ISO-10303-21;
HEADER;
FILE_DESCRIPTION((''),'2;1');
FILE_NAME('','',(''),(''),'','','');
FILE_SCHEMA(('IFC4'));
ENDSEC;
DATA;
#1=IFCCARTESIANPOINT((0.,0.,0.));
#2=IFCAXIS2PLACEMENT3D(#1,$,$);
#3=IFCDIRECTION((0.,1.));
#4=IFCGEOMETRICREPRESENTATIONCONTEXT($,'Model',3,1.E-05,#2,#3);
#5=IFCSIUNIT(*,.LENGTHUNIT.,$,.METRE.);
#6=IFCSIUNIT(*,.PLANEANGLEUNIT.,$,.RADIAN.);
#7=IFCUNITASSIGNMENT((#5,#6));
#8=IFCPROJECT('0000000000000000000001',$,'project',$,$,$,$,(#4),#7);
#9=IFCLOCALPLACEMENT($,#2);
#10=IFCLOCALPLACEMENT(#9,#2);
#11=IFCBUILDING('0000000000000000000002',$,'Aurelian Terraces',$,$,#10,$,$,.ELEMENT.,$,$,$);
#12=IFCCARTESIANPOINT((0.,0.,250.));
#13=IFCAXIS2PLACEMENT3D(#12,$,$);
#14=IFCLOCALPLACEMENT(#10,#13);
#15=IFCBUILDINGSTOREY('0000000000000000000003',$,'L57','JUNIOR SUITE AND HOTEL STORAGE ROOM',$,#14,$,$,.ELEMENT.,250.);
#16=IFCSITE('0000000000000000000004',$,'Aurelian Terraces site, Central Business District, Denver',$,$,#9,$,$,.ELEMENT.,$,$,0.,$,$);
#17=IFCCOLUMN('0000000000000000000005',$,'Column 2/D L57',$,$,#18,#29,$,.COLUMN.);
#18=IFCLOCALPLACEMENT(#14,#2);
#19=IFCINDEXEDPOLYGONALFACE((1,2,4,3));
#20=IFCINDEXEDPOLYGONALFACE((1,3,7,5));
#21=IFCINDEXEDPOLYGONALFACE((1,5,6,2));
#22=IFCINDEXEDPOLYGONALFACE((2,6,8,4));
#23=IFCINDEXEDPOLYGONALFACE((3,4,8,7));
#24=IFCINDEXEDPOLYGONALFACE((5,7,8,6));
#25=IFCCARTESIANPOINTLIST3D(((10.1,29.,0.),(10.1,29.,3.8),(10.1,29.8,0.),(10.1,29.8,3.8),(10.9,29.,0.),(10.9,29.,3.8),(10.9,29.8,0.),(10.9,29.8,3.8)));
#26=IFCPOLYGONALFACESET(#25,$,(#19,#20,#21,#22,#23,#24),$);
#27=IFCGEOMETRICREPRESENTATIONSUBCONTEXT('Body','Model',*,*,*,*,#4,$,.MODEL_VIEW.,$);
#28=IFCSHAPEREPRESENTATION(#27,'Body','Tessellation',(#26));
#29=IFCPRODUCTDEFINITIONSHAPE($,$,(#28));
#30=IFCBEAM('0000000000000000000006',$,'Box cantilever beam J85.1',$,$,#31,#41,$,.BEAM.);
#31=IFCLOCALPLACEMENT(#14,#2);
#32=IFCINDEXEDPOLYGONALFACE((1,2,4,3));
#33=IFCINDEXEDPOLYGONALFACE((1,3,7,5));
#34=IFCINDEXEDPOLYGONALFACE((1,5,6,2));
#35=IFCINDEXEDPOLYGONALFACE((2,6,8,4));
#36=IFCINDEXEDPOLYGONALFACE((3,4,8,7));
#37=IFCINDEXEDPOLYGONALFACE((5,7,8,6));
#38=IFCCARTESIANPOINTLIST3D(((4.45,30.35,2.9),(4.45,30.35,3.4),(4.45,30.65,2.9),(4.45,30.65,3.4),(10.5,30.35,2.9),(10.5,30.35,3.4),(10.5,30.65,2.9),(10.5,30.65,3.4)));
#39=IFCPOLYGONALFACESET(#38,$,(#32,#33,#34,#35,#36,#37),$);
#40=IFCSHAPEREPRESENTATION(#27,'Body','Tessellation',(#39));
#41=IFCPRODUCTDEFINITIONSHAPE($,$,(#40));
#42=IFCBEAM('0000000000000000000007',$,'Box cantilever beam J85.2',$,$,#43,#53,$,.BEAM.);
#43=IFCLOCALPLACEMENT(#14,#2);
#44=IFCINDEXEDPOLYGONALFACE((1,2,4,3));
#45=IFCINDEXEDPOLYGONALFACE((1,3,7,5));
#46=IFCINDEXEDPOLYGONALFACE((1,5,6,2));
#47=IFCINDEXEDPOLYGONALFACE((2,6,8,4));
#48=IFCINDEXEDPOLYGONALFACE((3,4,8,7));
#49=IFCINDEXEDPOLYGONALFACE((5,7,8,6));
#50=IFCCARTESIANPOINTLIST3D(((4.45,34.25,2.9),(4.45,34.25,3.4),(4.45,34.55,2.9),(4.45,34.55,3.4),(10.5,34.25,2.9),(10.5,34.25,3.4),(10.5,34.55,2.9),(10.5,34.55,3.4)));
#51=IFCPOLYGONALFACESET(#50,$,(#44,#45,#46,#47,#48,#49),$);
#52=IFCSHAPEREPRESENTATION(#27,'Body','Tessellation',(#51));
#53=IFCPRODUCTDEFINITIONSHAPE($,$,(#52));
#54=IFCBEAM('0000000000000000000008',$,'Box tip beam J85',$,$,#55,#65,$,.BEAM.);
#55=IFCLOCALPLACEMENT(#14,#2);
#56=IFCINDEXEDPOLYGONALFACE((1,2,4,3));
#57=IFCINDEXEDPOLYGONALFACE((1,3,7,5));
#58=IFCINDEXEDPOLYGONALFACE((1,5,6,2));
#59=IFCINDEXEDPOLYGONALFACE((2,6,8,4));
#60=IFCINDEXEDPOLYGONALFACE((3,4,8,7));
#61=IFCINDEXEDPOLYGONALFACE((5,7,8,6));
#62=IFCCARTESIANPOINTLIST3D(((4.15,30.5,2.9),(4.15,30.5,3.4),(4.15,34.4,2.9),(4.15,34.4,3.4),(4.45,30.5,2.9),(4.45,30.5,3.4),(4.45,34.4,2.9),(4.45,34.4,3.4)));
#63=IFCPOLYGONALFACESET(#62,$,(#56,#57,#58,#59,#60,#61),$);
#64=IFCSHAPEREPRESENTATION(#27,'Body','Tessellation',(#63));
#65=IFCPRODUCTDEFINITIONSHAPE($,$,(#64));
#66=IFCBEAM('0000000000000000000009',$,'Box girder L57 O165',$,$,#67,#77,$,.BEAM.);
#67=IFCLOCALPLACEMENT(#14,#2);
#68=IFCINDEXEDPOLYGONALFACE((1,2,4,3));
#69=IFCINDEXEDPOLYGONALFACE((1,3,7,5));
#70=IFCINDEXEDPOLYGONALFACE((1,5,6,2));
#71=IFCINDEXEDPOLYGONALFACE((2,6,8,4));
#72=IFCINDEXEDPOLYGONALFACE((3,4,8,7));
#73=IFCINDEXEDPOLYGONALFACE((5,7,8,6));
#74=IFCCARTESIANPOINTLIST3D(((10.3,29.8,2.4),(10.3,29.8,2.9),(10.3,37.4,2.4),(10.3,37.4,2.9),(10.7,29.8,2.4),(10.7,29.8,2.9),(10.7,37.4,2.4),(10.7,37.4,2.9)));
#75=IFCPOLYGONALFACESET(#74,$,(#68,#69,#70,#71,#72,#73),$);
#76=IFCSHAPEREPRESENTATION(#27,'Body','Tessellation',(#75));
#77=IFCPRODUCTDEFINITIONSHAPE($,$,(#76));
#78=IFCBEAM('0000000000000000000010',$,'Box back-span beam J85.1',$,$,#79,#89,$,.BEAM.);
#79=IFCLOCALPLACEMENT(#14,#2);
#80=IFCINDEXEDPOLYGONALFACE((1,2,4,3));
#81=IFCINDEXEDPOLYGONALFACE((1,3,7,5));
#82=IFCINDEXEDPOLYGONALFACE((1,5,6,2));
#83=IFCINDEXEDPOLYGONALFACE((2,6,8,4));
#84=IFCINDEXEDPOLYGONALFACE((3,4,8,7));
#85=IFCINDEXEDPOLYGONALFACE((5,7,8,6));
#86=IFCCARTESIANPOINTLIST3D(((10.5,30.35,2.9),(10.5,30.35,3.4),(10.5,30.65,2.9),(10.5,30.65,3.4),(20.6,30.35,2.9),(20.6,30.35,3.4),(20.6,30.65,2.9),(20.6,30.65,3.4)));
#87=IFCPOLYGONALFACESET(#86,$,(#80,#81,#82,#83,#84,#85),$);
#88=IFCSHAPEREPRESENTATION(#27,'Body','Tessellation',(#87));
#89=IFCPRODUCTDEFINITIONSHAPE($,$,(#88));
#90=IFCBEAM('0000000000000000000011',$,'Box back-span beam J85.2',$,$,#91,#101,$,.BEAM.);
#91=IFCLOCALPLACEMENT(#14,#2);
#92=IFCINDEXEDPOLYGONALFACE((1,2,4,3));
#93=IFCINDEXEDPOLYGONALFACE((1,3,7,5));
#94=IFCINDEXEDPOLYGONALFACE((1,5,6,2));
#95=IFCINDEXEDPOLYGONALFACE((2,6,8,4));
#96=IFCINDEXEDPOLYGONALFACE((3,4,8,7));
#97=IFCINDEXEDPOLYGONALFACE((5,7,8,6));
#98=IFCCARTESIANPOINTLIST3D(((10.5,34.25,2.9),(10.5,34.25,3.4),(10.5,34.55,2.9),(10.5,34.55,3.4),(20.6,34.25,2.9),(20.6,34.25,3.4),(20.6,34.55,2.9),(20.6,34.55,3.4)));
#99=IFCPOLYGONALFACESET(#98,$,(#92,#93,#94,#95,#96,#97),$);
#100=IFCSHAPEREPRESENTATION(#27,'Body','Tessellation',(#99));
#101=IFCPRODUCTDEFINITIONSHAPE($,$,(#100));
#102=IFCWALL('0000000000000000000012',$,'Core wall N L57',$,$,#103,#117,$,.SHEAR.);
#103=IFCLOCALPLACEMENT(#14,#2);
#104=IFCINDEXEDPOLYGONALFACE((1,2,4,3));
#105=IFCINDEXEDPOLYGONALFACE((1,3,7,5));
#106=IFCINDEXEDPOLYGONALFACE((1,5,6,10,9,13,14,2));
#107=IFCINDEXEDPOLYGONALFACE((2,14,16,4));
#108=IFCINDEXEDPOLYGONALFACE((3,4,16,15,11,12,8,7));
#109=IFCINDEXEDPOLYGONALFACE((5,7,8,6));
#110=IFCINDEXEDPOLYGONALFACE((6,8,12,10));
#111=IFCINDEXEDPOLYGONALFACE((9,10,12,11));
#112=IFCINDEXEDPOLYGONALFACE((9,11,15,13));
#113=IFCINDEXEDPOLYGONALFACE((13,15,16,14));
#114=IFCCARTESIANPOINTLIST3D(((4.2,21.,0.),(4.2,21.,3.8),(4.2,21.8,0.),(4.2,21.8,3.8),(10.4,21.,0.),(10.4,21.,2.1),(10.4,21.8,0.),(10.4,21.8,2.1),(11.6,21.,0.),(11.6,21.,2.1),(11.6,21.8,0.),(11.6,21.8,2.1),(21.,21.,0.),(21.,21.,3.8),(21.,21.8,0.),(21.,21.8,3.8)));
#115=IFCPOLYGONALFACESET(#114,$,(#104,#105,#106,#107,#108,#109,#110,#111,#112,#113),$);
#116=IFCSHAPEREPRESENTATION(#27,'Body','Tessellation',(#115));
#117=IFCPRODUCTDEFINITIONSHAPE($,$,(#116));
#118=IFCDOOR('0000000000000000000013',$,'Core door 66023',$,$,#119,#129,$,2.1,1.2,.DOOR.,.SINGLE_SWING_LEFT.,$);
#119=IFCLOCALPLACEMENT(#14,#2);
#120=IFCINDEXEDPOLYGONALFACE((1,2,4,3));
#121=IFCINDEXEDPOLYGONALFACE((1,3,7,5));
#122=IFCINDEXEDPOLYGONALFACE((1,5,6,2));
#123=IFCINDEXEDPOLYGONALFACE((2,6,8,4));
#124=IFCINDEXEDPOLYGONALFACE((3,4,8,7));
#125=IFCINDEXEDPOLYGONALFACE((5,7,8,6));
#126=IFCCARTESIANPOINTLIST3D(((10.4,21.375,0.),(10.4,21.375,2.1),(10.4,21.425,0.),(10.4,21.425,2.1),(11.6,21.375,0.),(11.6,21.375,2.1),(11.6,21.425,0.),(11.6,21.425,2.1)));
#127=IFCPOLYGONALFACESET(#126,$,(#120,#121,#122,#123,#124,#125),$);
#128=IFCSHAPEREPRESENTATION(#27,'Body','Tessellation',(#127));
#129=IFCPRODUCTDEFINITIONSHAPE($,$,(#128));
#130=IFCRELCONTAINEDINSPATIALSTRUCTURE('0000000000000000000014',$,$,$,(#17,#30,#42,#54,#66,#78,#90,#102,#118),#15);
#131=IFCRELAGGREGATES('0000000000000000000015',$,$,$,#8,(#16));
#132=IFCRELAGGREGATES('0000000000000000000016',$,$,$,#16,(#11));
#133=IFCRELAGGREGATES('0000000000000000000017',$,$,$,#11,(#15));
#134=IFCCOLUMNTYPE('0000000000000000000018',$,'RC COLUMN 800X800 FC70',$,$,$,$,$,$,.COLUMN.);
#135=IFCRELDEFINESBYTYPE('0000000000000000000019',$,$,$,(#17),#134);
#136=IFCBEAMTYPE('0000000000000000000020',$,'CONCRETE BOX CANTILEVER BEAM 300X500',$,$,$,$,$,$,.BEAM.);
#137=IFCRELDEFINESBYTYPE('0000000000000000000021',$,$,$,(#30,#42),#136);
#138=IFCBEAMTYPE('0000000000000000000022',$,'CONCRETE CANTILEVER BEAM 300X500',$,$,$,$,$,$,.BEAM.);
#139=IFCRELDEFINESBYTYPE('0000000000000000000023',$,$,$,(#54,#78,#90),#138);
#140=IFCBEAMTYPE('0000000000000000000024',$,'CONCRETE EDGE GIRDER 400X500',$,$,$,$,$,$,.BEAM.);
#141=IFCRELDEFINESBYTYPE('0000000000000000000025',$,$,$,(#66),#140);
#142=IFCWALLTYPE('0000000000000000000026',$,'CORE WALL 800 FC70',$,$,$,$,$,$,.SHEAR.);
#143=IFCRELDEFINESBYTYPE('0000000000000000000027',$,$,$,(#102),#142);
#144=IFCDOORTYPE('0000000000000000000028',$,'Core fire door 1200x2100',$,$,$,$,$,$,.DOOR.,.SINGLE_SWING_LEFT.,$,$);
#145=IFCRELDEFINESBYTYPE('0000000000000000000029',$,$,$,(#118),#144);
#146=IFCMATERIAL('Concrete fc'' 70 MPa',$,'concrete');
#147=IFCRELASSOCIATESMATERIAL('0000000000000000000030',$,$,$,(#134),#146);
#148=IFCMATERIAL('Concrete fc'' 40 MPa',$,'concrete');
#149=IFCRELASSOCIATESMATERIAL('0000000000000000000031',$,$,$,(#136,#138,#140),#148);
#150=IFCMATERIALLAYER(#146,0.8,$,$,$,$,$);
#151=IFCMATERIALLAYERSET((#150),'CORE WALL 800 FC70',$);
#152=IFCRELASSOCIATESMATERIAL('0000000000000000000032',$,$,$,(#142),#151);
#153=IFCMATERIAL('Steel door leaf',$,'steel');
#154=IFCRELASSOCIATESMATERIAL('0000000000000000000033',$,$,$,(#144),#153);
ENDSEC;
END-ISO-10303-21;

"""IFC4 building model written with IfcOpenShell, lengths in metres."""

from ifc_helpers import new_model, si_unit, direction, frame, frame_2d, origin, origin_2d, place, context, subcontext, project, spatial, rectangle, extrude, source, transform, mapped, material, layer, layer_set, material_profile, profile_set, type_object, element, fill, save


model = new_model("IFC4")

# Units and contexts
model_context = context("Model", 3, precision=1e-05, world=origin(), true_north=direction((0.0, 1.0)))
body_context = subcontext(model_context, "Body", "Model", "MODEL_VIEW")
ifc_project = project(units=[si_unit("LENGTHUNIT", "METRE"), si_unit("PLANEANGLEUNIT", "RADIAN")], contexts=[model_context])

# Site, building, storey
site_placement = place(None, origin())
site = spatial("IfcSite", under=ifc_project, at=site_placement, Name="Aurelian Terraces site, Central Business District, Denver", CompositionType="ELEMENT", RefElevation=0.0)
building_placement = place(site_placement, origin())
building = spatial("IfcBuilding", under=site, at=building_placement, Name="Aurelian Terraces", CompositionType="ELEMENT")
storey_placement = place(building_placement, frame((0.0, 0.0, 250.0)))
storey = spatial("IfcBuildingStorey", under=building, at=storey_placement, Name="L57", Description="JUNIOR SUITE AND HOTEL STORAGE ROOM", CompositionType="ELEMENT", Elevation=250.0)

# Column
ifc_material_1 = material(Name="Concrete fc' 70 MPa", Category="concrete")
ifc_material_profile_1 = material_profile(ifc_material_1, rectangle(XDim=0.8, YDim=0.8, at=origin_2d()))
ifc_profile_set_1 = profile_set([ifc_material_profile_1], Name="Concrete fc' 70 MPa")
column_type = type_object("IfcColumnType", Name="RC COLUMN 800X800 FC70", PredefinedType="COLUMN", material=ifc_profile_set_1)
shared_shape_1 = source(origin(), body_context, "Body", "SweptSolid", [
    extrude(rectangle(XDim=0.8, YDim=0.8, at=origin_2d()), origin(), (0.0, 0.0, 1.0), 3.8),
])
column_placement = place(storey_placement, frame((10.5, 29.4, 0.0), z_axis=(0.0, 0.0, 1.0), x_axis=(1.0, 0.0, 0.0)))
element("IfcColumn", 1, at=column_placement, inside=storey, type_object=column_type, Name="Column 2/D L57", PredefinedType="COLUMN", context=body_context, shape_type="MappedRepresentation", body=[
    mapped(shared_shape_1, transform((0.0, 0.0, 0.0), scale=1.0)),
])

# Beams
ifc_material_2 = material(Name="Concrete fc' 40 MPa", Category="concrete")
ifc_material_profile_2 = material_profile(ifc_material_2, rectangle(XDim=0.3, YDim=0.5, at=origin_2d()))
ifc_profile_set_2 = profile_set([ifc_material_profile_2], Name="Concrete fc' 40 MPa")
beam_type_1 = type_object("IfcBeamType", Name="CONCRETE BOX CANTILEVER BEAM 300X500", PredefinedType="BEAM", material=ifc_profile_set_2)
shared_shape_2 = source(origin(), body_context, "Body", "SweptSolid", [
    extrude(rectangle(XDim=0.3, YDim=0.5, at=origin_2d()), origin(), (0.0, 0.0, 1.0), 6.05),
])
for number, where, z_axis, x_axis, name in (
    (2, (4.45, 30.5, 3.15), (1.0, 0.0, 0.0), (0.0, 1.0, 0.0), "Box cantilever beam J85.1"),
    (3, (4.45, 34.4, 3.15), (1.0, 0.0, 0.0), (0.0, 1.0, 0.0), "Box cantilever beam J85.2"),
):
    element("IfcBeam", number, at=place(storey_placement, frame(where, z_axis=z_axis, x_axis=x_axis)), inside=storey, type_object=beam_type_1, Name=name, PredefinedType="BEAM", context=body_context, shape_type="MappedRepresentation", body=[
        mapped(shared_shape_2, transform((0.0, 0.0, 0.0), scale=1.0)),
    ])
ifc_material_profile_3 = material_profile(ifc_material_2, rectangle(XDim=0.3, YDim=0.5, at=origin_2d()))
ifc_profile_set_3 = profile_set([ifc_material_profile_3], Name="Concrete fc' 40 MPa")
beam_type_2 = type_object("IfcBeamType", Name="CONCRETE CANTILEVER BEAM 300X500", PredefinedType="BEAM", material=ifc_profile_set_3)
shared_shape_3 = source(origin(), body_context, "Body", "SweptSolid", [
    extrude(rectangle(XDim=0.3, YDim=0.5, at=origin_2d()), origin(), (0.0, 0.0, 1.0), 3.9),
])
beam_1_placement = place(storey_placement, frame((4.3, 30.5, 3.15), z_axis=(0.0, 1.0, 0.0), x_axis=(-1.0, 0.0, 0.0)))
element("IfcBeam", 4, at=beam_1_placement, inside=storey, type_object=beam_type_2, Name="Box tip beam J85", PredefinedType="BEAM", context=body_context, shape_type="MappedRepresentation", body=[
    mapped(shared_shape_3, transform((0.0, 0.0, 0.0), scale=1.0)),
])
ifc_material_profile_4 = material_profile(ifc_material_2, rectangle(XDim=0.4, YDim=0.5, at=origin_2d()))
ifc_profile_set_4 = profile_set([ifc_material_profile_4], Name="Concrete fc' 40 MPa")
beam_type_3 = type_object("IfcBeamType", Name="CONCRETE EDGE GIRDER 400X500", PredefinedType="BEAM", material=ifc_profile_set_4)
shared_shape_4 = source(origin(), body_context, "Body", "SweptSolid", [
    extrude(rectangle(XDim=0.4, YDim=0.5, at=origin_2d()), origin(), (0.0, 0.0, 1.0), 7.6),
])
beam_2_placement = place(storey_placement, frame((10.5, 29.8, 2.65), z_axis=(0.0, 1.0, 0.0), x_axis=(-1.0, 0.0, 0.0)))
element("IfcBeam", 5, at=beam_2_placement, inside=storey, type_object=beam_type_3, Name="Box girder L57 O165", PredefinedType="BEAM", context=body_context, shape_type="MappedRepresentation", body=[
    mapped(shared_shape_4, transform((0.0, 0.0, 0.0), scale=1.0)),
])
shared_shape_5 = source(origin(), body_context, "Body", "SweptSolid", [
    extrude(rectangle(XDim=0.3, YDim=0.5, at=origin_2d()), origin(), (0.0, 0.0, 1.0), 10.1),
])
for number, where, z_axis, x_axis, name in (
    (6, (10.5, 30.5, 3.15), (1.0, 0.0, 0.0), (0.0, 1.0, 0.0), "Box back-span beam J85.1"),
    (7, (10.5, 34.4, 3.15), (1.0, 0.0, 0.0), (0.0, 1.0, 0.0), "Box back-span beam J85.2"),
):
    element("IfcBeam", number, at=place(storey_placement, frame(where, z_axis=z_axis, x_axis=x_axis)), inside=storey, type_object=beam_type_2, Name=name, PredefinedType="BEAM", context=body_context, shape_type="MappedRepresentation", body=[
        mapped(shared_shape_5, transform((0.0, 0.0, 0.0), scale=1.0)),
    ])

# Wall, opening, door
ifc_layer_1 = layer(ifc_material_1, 0.8)
ifc_layer_set_1 = layer_set([ifc_layer_1], Name="CORE WALL 800 FC70")
wall_type_1 = type_object("IfcWallType", Name="CORE WALL 800 FC70", PredefinedType="SHEAR", material=ifc_layer_set_1)
shared_shape_6 = source(origin(), body_context, "Body", "SweptSolid", [
    extrude(rectangle(XDim=16.8, YDim=0.8, at=frame_2d((8.4, 0.0))), origin(), (0.0, 0.0, 1.0), 3.8),
])
wall_1_placement = place(storey_placement, frame((4.2, 21.4, 0.0), z_axis=(0.0, 0.0, 1.0), x_axis=(1.0, 0.0, 0.0)))
wall_1 = element("IfcWall", 8, at=wall_1_placement, inside=storey, type_object=wall_type_1, Name="Core wall N L57", PredefinedType="SHEAR", context=body_context, shape_type="MappedRepresentation", body=[
    mapped(shared_shape_6, transform((0.0, 0.0, 0.0), scale=1.0)),
])
shared_shape_7 = source(origin(), body_context, "Body", "SweptSolid", [
    extrude(rectangle(XDim=1.2, YDim=2.1, at=frame_2d((0.6, 1.05))), frame((0.0, 0.41, 0.0), z_axis=(0.0, -1.0, 0.0), x_axis=(1.0, 0.0, 0.0)), (0.0, 0.0, 1.0), 0.82),
])
opening_1_placement = place(wall_1_placement, frame((6.2, 0.0, 0.0)))
opening_1 = element("IfcOpeningElement", 9, at=opening_1_placement, cuts=wall_1, PredefinedType="OPENING", context=body_context, shape_type="MappedRepresentation", body=[
    mapped(shared_shape_7, transform((0.0, 0.0, 0.0), scale=1.0)),
])
ifc_material_3 = material(Name="Steel door leaf", Category="steel")
door_type_1 = type_object("IfcDoorType", Name="Core fire door 1200x2100", OperationType="SINGLE_SWING_LEFT", PredefinedType="DOOR", material=ifc_material_3)
shared_shape_8 = source(origin(), body_context, "Body", "SweptSolid", [
    extrude(rectangle(XDim=1.2, YDim=2.1, at=frame_2d((0.6, 1.05))), frame((0.0, 0.025, 0.0), z_axis=(0.0, -1.0, 0.0), x_axis=(1.0, 0.0, 0.0)), (0.0, 0.0, 1.0), 0.05),
])
door_1_placement = place(opening_1_placement, origin())
door_1 = element("IfcDoor", 10, at=door_1_placement, inside=storey, type_object=door_type_1, Name="Core door 66023", OperationType="SINGLE_SWING_LEFT", OverallHeight=2.1, OverallWidth=1.2, PredefinedType="DOOR", context=body_context, shape_type="MappedRepresentation", body=[
    mapped(shared_shape_8, transform((0.0, 0.0, 0.0), scale=1.0)),
])
fill(opening_1, door_1)

save(model, "model.ifc")
